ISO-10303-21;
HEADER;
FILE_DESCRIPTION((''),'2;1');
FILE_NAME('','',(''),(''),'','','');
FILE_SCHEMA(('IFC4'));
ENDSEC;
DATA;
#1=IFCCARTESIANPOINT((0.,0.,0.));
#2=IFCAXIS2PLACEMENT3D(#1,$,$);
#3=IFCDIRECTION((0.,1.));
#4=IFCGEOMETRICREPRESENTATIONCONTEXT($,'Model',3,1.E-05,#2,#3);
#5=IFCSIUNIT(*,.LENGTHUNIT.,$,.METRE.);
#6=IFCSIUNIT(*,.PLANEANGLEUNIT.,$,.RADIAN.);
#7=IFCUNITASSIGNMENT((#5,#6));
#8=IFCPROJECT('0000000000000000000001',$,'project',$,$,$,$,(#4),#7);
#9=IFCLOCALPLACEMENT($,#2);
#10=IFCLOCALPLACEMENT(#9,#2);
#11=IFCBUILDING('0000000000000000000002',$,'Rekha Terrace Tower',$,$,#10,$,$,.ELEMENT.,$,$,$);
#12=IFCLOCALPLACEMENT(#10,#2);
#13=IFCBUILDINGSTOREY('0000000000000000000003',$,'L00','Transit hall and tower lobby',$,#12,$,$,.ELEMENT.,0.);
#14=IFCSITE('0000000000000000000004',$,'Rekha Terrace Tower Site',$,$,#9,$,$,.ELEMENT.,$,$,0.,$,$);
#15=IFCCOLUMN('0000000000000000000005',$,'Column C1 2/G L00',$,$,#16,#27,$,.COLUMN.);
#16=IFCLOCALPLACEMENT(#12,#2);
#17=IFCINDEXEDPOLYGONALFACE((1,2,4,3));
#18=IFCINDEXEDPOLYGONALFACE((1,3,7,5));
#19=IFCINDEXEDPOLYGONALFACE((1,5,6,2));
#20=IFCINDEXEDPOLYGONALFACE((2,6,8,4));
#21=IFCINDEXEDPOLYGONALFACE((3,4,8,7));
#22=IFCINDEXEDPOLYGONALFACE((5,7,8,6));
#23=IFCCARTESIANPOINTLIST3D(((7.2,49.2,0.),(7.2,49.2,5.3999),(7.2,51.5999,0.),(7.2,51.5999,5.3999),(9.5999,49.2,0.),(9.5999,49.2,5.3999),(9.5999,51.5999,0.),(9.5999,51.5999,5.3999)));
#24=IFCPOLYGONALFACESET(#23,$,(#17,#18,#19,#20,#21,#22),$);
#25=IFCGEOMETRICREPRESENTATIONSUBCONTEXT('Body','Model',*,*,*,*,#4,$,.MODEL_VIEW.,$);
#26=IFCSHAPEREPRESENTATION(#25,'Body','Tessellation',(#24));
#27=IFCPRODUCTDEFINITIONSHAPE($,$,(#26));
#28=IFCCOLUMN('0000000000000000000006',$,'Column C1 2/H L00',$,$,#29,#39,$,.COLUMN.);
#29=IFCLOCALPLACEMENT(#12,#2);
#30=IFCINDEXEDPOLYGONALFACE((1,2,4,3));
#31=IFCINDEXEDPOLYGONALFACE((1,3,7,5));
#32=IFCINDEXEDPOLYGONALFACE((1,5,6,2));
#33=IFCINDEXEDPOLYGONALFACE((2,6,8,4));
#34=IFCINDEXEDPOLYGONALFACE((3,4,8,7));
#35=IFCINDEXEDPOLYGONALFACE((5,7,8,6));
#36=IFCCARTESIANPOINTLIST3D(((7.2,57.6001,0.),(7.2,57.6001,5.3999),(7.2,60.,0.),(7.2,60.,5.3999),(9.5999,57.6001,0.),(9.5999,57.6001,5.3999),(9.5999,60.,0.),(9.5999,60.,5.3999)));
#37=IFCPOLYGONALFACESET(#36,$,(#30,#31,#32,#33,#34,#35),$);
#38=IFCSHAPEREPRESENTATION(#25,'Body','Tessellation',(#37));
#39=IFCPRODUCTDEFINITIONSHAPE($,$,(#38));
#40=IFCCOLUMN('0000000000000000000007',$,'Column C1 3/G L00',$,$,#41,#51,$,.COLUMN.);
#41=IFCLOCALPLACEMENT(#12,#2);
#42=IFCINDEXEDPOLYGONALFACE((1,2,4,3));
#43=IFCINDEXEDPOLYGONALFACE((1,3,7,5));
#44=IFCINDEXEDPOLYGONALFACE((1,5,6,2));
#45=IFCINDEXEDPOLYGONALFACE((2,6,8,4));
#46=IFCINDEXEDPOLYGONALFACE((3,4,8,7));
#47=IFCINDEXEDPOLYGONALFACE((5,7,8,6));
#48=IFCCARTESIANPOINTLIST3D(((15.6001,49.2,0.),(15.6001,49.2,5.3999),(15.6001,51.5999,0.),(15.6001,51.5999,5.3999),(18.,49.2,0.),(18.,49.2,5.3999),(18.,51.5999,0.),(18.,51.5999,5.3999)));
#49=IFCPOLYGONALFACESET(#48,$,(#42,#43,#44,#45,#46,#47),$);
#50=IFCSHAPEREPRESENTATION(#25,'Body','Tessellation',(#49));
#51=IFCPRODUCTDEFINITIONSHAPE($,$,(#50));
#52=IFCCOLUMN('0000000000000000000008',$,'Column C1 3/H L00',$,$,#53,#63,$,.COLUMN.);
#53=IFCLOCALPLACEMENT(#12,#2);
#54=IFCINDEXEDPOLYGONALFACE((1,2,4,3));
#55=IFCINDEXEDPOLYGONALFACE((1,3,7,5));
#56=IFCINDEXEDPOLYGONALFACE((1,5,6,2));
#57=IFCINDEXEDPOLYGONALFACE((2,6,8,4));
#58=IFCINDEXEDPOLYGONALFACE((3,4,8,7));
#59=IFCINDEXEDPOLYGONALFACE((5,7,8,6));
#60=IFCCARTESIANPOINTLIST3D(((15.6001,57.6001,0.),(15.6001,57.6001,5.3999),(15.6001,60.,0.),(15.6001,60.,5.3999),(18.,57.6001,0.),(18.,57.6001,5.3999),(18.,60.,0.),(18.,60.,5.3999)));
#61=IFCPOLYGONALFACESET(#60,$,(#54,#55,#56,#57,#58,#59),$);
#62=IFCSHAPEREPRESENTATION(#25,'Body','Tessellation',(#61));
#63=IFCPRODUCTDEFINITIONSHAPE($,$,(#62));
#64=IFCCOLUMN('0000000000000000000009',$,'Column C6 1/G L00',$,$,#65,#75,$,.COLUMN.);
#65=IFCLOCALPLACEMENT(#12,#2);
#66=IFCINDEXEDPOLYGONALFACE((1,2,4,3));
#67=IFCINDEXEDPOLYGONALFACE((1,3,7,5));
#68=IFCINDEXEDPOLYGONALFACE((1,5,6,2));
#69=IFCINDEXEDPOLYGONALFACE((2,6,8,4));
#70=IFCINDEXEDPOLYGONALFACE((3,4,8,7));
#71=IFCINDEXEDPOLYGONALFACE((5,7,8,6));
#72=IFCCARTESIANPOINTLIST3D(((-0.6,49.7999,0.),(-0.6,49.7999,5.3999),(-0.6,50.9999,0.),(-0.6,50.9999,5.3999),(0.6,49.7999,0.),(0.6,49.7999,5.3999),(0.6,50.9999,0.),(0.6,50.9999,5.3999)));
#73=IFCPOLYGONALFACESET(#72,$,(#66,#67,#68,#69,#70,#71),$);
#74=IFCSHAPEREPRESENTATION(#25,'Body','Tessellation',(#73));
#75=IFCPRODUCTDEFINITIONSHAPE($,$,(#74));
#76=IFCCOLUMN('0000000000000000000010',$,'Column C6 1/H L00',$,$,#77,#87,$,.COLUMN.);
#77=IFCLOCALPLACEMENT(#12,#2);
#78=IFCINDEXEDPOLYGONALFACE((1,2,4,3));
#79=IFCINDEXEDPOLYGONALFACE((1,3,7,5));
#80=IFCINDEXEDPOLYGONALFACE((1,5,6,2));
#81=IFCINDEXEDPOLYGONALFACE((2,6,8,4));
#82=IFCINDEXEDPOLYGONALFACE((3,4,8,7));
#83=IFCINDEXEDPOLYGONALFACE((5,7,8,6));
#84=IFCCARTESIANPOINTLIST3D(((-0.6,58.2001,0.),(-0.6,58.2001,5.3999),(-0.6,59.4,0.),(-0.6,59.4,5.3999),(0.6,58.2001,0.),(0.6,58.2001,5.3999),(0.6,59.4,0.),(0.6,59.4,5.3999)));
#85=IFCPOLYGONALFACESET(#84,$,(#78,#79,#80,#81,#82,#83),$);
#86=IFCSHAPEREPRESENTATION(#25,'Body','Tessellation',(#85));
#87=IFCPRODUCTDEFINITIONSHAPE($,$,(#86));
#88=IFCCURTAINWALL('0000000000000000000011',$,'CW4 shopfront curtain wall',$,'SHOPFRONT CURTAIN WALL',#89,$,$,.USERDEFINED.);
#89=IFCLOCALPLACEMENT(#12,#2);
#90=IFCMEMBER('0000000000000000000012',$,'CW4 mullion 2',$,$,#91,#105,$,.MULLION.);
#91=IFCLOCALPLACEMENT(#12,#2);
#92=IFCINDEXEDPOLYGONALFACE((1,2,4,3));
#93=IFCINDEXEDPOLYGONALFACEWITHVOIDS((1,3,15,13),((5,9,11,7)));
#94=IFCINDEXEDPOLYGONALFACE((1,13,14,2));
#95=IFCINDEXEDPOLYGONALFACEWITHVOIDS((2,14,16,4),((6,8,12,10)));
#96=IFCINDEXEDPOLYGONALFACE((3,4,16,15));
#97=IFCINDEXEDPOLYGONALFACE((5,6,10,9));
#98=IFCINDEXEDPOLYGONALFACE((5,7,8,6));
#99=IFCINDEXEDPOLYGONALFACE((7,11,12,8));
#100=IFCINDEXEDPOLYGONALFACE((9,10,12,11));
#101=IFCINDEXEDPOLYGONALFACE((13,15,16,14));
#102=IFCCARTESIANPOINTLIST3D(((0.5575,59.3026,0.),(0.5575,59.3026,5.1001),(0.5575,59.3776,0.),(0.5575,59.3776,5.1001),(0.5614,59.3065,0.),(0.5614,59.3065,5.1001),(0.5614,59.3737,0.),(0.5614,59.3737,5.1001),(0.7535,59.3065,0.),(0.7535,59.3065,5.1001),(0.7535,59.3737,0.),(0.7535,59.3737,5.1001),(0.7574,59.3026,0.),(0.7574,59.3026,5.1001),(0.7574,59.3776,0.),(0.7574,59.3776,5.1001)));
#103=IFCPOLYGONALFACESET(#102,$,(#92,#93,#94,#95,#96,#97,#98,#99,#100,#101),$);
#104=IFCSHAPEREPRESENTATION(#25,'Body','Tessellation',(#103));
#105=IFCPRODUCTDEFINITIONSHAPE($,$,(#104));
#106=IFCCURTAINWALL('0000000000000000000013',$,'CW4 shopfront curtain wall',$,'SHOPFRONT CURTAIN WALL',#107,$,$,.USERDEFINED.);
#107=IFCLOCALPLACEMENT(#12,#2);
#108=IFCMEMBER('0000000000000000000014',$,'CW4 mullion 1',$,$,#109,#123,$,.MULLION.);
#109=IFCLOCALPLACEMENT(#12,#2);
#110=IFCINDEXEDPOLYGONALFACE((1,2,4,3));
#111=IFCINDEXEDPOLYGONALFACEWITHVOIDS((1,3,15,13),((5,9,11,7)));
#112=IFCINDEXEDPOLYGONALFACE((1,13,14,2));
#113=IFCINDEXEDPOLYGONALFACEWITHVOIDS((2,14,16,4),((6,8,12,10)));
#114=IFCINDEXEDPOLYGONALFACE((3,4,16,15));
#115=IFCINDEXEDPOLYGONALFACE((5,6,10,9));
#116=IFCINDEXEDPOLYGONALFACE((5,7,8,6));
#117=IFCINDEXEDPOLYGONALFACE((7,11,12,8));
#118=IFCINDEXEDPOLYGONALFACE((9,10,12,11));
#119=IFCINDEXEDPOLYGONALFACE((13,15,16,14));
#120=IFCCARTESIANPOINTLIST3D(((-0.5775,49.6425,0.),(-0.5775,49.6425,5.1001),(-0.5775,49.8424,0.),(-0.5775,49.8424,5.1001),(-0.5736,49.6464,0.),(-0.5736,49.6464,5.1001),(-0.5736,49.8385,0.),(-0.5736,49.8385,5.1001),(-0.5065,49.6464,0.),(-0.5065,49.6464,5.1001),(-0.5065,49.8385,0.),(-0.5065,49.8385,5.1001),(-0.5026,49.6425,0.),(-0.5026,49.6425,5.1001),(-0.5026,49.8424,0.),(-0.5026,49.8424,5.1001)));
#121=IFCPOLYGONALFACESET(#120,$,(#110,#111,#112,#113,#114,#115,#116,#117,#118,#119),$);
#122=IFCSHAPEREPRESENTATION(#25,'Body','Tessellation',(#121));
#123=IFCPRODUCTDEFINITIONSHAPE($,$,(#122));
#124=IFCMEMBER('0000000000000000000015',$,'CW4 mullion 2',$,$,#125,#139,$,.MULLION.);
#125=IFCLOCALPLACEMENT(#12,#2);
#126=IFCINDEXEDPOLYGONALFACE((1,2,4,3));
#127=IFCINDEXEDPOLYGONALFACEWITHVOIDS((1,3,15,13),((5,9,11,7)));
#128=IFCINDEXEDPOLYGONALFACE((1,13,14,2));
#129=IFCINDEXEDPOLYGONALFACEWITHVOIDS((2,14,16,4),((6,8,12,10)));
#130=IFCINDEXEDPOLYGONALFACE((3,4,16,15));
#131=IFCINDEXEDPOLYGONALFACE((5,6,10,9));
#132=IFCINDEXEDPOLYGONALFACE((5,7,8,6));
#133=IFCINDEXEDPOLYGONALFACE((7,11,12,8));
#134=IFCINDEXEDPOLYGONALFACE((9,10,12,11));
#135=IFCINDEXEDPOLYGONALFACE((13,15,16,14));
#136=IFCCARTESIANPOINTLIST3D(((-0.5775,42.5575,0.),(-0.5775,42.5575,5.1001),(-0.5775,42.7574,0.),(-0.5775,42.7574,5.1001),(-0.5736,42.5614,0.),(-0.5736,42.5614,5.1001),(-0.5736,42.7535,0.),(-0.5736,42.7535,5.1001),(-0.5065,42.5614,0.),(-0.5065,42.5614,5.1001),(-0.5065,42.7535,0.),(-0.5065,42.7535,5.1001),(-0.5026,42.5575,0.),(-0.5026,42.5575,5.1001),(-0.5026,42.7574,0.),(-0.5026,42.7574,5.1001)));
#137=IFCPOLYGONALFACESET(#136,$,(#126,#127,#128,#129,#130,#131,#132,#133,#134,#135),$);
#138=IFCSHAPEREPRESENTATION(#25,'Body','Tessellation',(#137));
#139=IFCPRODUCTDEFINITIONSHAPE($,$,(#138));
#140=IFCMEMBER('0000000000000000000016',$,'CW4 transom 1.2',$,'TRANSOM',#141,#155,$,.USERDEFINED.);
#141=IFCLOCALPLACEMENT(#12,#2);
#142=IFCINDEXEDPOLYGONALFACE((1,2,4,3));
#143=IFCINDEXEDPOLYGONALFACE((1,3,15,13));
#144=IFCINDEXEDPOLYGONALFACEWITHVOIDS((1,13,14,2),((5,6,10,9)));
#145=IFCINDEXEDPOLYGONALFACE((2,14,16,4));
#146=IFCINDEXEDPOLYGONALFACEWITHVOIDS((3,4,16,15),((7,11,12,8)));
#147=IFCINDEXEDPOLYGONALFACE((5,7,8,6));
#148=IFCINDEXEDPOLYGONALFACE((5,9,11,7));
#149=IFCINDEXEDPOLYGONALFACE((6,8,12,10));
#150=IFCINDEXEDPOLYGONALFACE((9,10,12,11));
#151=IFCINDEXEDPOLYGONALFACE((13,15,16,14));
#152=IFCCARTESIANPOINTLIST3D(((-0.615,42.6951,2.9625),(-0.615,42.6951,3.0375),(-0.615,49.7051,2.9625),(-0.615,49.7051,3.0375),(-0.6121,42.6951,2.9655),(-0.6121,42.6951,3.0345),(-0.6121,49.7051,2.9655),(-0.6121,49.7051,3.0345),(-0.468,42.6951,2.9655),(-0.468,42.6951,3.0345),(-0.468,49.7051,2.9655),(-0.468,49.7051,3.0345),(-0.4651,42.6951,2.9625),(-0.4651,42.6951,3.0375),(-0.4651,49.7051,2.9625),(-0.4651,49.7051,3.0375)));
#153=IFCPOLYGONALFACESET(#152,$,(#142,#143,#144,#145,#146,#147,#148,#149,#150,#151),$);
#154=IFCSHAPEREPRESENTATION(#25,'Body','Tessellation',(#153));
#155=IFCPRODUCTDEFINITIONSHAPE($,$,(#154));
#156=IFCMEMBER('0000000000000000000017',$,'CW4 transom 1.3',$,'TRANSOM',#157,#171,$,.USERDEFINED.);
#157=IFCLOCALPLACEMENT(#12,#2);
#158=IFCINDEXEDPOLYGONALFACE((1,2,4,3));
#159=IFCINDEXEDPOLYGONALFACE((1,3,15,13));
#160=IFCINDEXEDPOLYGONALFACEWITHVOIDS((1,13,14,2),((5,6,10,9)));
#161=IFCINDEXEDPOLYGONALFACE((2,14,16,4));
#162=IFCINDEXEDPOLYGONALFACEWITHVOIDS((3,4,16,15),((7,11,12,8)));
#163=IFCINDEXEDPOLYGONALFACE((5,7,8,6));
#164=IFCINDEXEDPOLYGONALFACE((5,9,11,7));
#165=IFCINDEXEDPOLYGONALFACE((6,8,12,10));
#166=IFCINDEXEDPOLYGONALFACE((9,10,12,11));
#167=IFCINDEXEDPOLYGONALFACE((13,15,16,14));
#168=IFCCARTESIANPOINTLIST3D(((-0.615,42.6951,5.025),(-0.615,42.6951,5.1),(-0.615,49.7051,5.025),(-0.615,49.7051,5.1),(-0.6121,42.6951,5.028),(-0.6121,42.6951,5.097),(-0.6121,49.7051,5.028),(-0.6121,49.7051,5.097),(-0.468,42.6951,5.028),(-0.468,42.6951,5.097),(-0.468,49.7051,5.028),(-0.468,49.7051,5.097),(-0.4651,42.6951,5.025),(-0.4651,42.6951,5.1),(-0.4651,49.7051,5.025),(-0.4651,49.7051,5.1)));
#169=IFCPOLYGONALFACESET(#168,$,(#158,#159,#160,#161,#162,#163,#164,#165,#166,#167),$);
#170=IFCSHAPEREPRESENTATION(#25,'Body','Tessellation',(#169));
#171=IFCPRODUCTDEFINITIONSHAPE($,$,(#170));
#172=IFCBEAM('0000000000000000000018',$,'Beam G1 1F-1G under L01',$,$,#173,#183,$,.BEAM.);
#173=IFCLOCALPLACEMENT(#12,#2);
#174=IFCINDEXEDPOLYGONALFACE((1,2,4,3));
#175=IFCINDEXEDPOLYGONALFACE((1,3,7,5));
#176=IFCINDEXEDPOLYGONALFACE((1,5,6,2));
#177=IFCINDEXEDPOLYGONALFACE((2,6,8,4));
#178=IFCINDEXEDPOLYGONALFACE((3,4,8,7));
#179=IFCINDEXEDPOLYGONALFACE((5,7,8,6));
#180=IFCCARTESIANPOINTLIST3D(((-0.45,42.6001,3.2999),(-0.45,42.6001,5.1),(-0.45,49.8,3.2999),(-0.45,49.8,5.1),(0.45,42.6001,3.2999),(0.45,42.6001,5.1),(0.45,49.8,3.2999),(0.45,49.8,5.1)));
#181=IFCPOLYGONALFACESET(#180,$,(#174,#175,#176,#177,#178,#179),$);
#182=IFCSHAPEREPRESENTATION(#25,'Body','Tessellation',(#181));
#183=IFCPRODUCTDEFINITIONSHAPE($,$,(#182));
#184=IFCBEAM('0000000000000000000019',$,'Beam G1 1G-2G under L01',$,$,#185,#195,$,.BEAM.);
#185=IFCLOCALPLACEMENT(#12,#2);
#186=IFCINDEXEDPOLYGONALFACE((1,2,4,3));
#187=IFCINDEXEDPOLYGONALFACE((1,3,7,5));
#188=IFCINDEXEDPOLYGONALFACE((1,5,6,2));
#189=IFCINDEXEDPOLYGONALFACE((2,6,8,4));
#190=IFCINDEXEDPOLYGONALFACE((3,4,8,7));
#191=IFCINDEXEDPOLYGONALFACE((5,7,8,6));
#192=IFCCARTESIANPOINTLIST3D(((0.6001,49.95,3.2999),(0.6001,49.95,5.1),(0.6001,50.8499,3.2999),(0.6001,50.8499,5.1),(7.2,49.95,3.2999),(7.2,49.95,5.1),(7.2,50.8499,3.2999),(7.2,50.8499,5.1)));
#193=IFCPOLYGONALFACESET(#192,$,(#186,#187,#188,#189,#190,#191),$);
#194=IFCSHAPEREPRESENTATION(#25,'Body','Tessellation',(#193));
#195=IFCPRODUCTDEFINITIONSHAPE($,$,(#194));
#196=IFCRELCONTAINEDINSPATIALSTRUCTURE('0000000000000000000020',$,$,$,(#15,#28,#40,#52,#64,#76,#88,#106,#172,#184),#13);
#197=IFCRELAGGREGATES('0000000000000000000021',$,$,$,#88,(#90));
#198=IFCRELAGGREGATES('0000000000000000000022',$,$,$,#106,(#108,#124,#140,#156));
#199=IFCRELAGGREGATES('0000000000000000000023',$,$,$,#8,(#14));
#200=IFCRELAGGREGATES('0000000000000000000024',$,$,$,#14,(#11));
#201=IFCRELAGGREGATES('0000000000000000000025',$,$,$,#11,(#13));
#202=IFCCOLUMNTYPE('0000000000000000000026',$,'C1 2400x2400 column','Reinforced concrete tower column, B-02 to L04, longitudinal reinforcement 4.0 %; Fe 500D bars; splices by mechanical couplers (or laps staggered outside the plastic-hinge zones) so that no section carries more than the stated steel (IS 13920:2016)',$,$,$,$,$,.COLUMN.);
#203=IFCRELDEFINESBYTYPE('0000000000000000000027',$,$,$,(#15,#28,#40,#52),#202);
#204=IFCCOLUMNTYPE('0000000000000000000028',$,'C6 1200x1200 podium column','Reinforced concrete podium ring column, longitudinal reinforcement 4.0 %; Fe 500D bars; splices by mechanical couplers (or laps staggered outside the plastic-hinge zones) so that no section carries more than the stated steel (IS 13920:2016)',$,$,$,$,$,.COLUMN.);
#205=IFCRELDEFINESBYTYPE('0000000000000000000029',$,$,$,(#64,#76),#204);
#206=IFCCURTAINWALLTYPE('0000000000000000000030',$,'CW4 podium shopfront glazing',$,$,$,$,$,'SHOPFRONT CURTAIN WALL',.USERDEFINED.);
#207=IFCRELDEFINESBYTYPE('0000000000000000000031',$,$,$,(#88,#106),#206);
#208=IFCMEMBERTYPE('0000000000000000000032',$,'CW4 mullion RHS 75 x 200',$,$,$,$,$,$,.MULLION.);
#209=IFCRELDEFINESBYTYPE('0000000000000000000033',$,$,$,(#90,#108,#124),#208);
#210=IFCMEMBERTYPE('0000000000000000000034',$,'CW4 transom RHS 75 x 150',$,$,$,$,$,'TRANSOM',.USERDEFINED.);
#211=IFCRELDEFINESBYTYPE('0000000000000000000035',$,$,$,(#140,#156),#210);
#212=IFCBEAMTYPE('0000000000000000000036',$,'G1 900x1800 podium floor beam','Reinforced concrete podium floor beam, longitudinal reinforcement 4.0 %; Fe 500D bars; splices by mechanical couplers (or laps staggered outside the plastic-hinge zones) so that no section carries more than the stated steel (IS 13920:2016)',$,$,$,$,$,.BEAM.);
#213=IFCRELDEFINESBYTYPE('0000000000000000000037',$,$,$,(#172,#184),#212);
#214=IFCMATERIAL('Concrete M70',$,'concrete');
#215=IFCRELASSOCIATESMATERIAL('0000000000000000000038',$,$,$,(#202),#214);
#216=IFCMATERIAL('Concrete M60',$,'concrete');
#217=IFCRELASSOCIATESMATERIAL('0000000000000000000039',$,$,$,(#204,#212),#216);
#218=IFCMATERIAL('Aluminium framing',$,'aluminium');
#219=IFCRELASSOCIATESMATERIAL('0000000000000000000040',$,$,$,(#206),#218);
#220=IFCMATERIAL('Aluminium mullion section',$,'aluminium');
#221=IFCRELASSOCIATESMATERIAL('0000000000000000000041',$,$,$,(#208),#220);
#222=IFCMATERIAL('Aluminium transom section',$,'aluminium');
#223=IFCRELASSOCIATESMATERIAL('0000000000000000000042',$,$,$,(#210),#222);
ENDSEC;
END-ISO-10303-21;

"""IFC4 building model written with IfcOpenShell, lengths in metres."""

from ifc_helpers import new_model, si_unit, direction, frame, origin, origin_2d, place, context, subcontext, project, spatial, rectangle, hollow_rectangle, extrude, material, material_profile, profile_set, type_object, element, aggregate, save


model = new_model("IFC4")

# Units and contexts
model_context = context("Model", 3, precision=1e-05, world=origin(), true_north=direction((0.0, 1.0)))
body_context = subcontext(model_context, "Body", "Model", "MODEL_VIEW")
ifc_project = project(units=[si_unit("LENGTHUNIT", "METRE"), si_unit("PLANEANGLEUNIT", "RADIAN")], contexts=[model_context])

# Site, building, storey
site_placement = place(None, origin())
site = spatial("IfcSite", under=ifc_project, at=site_placement, Name="Rekha Terrace Tower Site", CompositionType="ELEMENT", RefElevation=0.0)
building_placement = place(site_placement, origin())
building = spatial("IfcBuilding", under=site, at=building_placement, Name="Rekha Terrace Tower", CompositionType="ELEMENT")
storey_placement = place(building_placement, origin())
storey = spatial("IfcBuildingStorey", under=building, at=storey_placement, Name="L00", Description="Transit hall and tower lobby", CompositionType="ELEMENT", Elevation=0.0)

# Columns
ifc_material_1 = material(Name="Concrete M70", Category="concrete")
ifc_material_profile_1 = material_profile(ifc_material_1, rectangle(XDim=2.3999, YDim=2.3999, at=origin_2d()), Name="RC 2400x2400")
ifc_profile_set_1 = profile_set([ifc_material_profile_1], Name="Concrete M70")
column_type_1 = type_object("IfcColumnType", Name="C1 2400x2400 column", Description="Reinforced concrete tower column, B-02 to L04, longitudinal reinforcement 4.0 %; Fe 500D bars; splices by mechanical couplers (or laps staggered outside the plastic-hinge zones) so that no section carries more than the stated steel (IS 13920:2016)", PredefinedType="COLUMN", material=ifc_profile_set_1)
for number, where, z_axis, x_axis, name in (
    (1, (8.3999, 50.3999, 0.0), (0.0, 0.0, 1.0), (1.0, 0.0, 0.0), "Column C1 2/G L00"),
    (2, (8.3999, 58.8, 0.0), (0.0, 0.0, 1.0), (1.0, 0.0, 0.0), "Column C1 2/H L00"),
    (3, (16.8, 50.3999, 0.0), (0.0, 0.0, 1.0), (1.0, 0.0, 0.0), "Column C1 3/G L00"),
    (4, (16.8, 58.8, 0.0), (0.0, 0.0, 1.0), (1.0, 0.0, 0.0), "Column C1 3/H L00"),
):
    element("IfcColumn", number, at=place(storey_placement, frame(where, z_axis=z_axis, x_axis=x_axis)), inside=storey, type_object=column_type_1, Name=name, PredefinedType="COLUMN", context=body_context, shape_type="SweptSolid", body=[
        extrude(rectangle(XDim=2.3999, YDim=2.3999, at=origin_2d()), origin(), (0.0, 0.0, 1.0), 5.3999),
    ])
ifc_material_2 = material(Name="Concrete M60", Category="concrete")
ifc_material_profile_2 = material_profile(ifc_material_2, rectangle(XDim=1.2, YDim=1.2, at=origin_2d()), Name="RC 1200x1200")
ifc_profile_set_2 = profile_set([ifc_material_profile_2], Name="Concrete M60")
column_type_2 = type_object("IfcColumnType", Name="C6 1200x1200 podium column", Description="Reinforced concrete podium ring column, longitudinal reinforcement 4.0 %; Fe 500D bars; splices by mechanical couplers (or laps staggered outside the plastic-hinge zones) so that no section carries more than the stated steel (IS 13920:2016)", PredefinedType="COLUMN", material=ifc_profile_set_2)
for number, where, z_axis, x_axis, name in (
    (5, (0.0, 50.3999, 0.0), (0.0, 0.0, 1.0), (1.0, 0.0, 0.0), "Column C6 1/G L00"),
    (6, (0.0, 58.8, 0.0), (0.0, 0.0, 1.0), (1.0, 0.0, 0.0), "Column C6 1/H L00"),
):
    element("IfcColumn", number, at=place(storey_placement, frame(where, z_axis=z_axis, x_axis=x_axis)), inside=storey, type_object=column_type_2, Name=name, PredefinedType="COLUMN", context=body_context, shape_type="SweptSolid", body=[
        extrude(rectangle(XDim=1.2, YDim=1.2, at=origin_2d()), origin(), (0.0, 0.0, 1.0), 5.3999),
    ])

# Curtain wall, member
ifc_material_3 = material(Name="Aluminium framing", Category="aluminium")
curtain_wall_type = type_object("IfcCurtainWallType", Name="CW4 podium shopfront glazing", ElementType="SHOPFRONT CURTAIN WALL", PredefinedType="USERDEFINED", material=ifc_material_3)
curtain_wall_1_placement = place(storey_placement, origin())
curtain_wall_1 = element("IfcCurtainWall", 7, at=curtain_wall_1_placement, inside=storey, type_object=curtain_wall_type, Name="CW4 shopfront curtain wall", ObjectType="SHOPFRONT CURTAIN WALL", PredefinedType="USERDEFINED")
ifc_material_4 = material(Name="Aluminium mullion section", Category="aluminium")
ifc_material_profile_3 = material_profile(ifc_material_4, hollow_rectangle(XDim=0.075, YDim=0.2, WallThickness=0.0039, at=origin_2d()), Name="AL RHS 75x200")
ifc_profile_set_3 = profile_set([ifc_material_profile_3], Name="Aluminium mullion section")
member_type_1 = type_object("IfcMemberType", Name="CW4 mullion RHS 75 x 200", PredefinedType="MULLION", material=ifc_profile_set_3)
member_1_placement = place(storey_placement, frame((0.6575, 59.3401, 0.0), z_axis=(0.0, 0.0, 1.0), x_axis=(0.0, -1.0, 0.0)))
member_1 = element("IfcMember", 8, at=member_1_placement, type_object=member_type_1, Name="CW4 mullion 2", PredefinedType="MULLION", context=body_context, shape_type="SweptSolid", body=[
    extrude(hollow_rectangle(XDim=0.075, YDim=0.2, WallThickness=0.0039, at=origin_2d()), origin(), (0.0, 0.0, 1.0), 5.1001),
])
aggregate(curtain_wall_1, [member_1])

# Curtain wall, members
curtain_wall_2_placement = place(storey_placement, origin())
curtain_wall_2 = element("IfcCurtainWall", 9, at=curtain_wall_2_placement, inside=storey, type_object=curtain_wall_type, Name="CW4 shopfront curtain wall", ObjectType="SHOPFRONT CURTAIN WALL", PredefinedType="USERDEFINED")
member_2_placement = place(storey_placement, frame((-0.54, 49.7424, 0.0), z_axis=(0.0, 0.0, 1.0), x_axis=(1.0, 0.0, 0.0)))
member_2 = element("IfcMember", 10, at=member_2_placement, type_object=member_type_1, Name="CW4 mullion 1", PredefinedType="MULLION", context=body_context, shape_type="SweptSolid", body=[
    extrude(hollow_rectangle(XDim=0.075, YDim=0.2, WallThickness=0.0039, at=origin_2d()), origin(), (0.0, 0.0, 1.0), 5.1001),
])
member_3_placement = place(storey_placement, frame((-0.54, 42.6575, 0.0), z_axis=(0.0, 0.0, 1.0), x_axis=(1.0, 0.0, 0.0)))
member_3 = element("IfcMember", 11, at=member_3_placement, type_object=member_type_1, Name="CW4 mullion 2", PredefinedType="MULLION", context=body_context, shape_type="SweptSolid", body=[
    extrude(hollow_rectangle(XDim=0.075, YDim=0.2, WallThickness=0.0039, at=origin_2d()), origin(), (0.0, 0.0, 1.0), 5.1001),
])
ifc_material_5 = material(Name="Aluminium transom section", Category="aluminium")
ifc_material_profile_4 = material_profile(ifc_material_5, hollow_rectangle(XDim=0.1499, YDim=0.075, WallThickness=0.0029, at=origin_2d()), Name="AL RHS 150x75")
ifc_profile_set_4 = profile_set([ifc_material_profile_4], Name="Aluminium transom section")
member_type_2 = type_object("IfcMemberType", Name="CW4 transom RHS 75 x 150", ElementType="TRANSOM", PredefinedType="USERDEFINED", material=ifc_profile_set_4)
member_4_placement = place(storey_placement, frame((-0.54, 49.7051, 3.0), z_axis=(0.0, -1.0, 0.0), x_axis=(1.0, 0.0, 0.0)))
member_4 = element("IfcMember", 12, at=member_4_placement, type_object=member_type_2, Name="CW4 transom 1.2", ObjectType="TRANSOM", PredefinedType="USERDEFINED", context=body_context, shape_type="SweptSolid", body=[
    extrude(hollow_rectangle(XDim=0.1499, YDim=0.075, WallThickness=0.0029, at=origin_2d()), origin(), (0.0, 0.0, 1.0), 7.01),
])
member_5_placement = place(storey_placement, frame((-0.54, 49.7051, 5.0625), z_axis=(0.0, -1.0, 0.0), x_axis=(1.0, 0.0, 0.0)))
member_5 = element("IfcMember", 13, at=member_5_placement, type_object=member_type_2, Name="CW4 transom 1.3", ObjectType="TRANSOM", PredefinedType="USERDEFINED", context=body_context, shape_type="SweptSolid", body=[
    extrude(hollow_rectangle(XDim=0.1499, YDim=0.075, WallThickness=0.0029, at=origin_2d()), origin(), (0.0, 0.0, 1.0), 7.01),
])

# Beams
ifc_material_profile_5 = material_profile(ifc_material_2, rectangle(XDim=0.8999, YDim=1.8, at=origin_2d()), Name="RC 900x1800")
ifc_profile_set_5 = profile_set([ifc_material_profile_5], Name="Concrete M60")
beam_type = type_object("IfcBeamType", Name="G1 900x1800 podium floor beam", Description="Reinforced concrete podium floor beam, longitudinal reinforcement 4.0 %; Fe 500D bars; splices by mechanical couplers (or laps staggered outside the plastic-hinge zones) so that no section carries more than the stated steel (IS 13920:2016)", PredefinedType="BEAM", material=ifc_profile_set_5)
beam_1_placement = place(storey_placement, frame((0.0, 42.6001, 4.2), z_axis=(0.0, 1.0, 0.0), x_axis=(-1.0, 0.0, 0.0)))
element("IfcBeam", 14, at=beam_1_placement, inside=storey, type_object=beam_type, Name="Beam G1 1F-1G under L01", PredefinedType="BEAM", context=body_context, shape_type="SweptSolid", body=[
    extrude(rectangle(XDim=0.8999, YDim=1.8, at=origin_2d()), origin(), (0.0, 0.0, 1.0), 7.2),
])
beam_2_placement = place(storey_placement, frame((0.6001, 50.3999, 4.2), z_axis=(1.0, 0.0, 0.0), x_axis=(0.0, 1.0, 0.0)))
element("IfcBeam", 15, at=beam_2_placement, inside=storey, type_object=beam_type, Name="Beam G1 1G-2G under L01", PredefinedType="BEAM", context=body_context, shape_type="SweptSolid", body=[
    extrude(rectangle(XDim=0.8999, YDim=1.8, at=origin_2d()), origin(), (0.0, 0.0, 1.0), 6.5999),
])

aggregate(curtain_wall_2, [member_2, member_3, member_4, member_5])

save(model, "model.ifc")
